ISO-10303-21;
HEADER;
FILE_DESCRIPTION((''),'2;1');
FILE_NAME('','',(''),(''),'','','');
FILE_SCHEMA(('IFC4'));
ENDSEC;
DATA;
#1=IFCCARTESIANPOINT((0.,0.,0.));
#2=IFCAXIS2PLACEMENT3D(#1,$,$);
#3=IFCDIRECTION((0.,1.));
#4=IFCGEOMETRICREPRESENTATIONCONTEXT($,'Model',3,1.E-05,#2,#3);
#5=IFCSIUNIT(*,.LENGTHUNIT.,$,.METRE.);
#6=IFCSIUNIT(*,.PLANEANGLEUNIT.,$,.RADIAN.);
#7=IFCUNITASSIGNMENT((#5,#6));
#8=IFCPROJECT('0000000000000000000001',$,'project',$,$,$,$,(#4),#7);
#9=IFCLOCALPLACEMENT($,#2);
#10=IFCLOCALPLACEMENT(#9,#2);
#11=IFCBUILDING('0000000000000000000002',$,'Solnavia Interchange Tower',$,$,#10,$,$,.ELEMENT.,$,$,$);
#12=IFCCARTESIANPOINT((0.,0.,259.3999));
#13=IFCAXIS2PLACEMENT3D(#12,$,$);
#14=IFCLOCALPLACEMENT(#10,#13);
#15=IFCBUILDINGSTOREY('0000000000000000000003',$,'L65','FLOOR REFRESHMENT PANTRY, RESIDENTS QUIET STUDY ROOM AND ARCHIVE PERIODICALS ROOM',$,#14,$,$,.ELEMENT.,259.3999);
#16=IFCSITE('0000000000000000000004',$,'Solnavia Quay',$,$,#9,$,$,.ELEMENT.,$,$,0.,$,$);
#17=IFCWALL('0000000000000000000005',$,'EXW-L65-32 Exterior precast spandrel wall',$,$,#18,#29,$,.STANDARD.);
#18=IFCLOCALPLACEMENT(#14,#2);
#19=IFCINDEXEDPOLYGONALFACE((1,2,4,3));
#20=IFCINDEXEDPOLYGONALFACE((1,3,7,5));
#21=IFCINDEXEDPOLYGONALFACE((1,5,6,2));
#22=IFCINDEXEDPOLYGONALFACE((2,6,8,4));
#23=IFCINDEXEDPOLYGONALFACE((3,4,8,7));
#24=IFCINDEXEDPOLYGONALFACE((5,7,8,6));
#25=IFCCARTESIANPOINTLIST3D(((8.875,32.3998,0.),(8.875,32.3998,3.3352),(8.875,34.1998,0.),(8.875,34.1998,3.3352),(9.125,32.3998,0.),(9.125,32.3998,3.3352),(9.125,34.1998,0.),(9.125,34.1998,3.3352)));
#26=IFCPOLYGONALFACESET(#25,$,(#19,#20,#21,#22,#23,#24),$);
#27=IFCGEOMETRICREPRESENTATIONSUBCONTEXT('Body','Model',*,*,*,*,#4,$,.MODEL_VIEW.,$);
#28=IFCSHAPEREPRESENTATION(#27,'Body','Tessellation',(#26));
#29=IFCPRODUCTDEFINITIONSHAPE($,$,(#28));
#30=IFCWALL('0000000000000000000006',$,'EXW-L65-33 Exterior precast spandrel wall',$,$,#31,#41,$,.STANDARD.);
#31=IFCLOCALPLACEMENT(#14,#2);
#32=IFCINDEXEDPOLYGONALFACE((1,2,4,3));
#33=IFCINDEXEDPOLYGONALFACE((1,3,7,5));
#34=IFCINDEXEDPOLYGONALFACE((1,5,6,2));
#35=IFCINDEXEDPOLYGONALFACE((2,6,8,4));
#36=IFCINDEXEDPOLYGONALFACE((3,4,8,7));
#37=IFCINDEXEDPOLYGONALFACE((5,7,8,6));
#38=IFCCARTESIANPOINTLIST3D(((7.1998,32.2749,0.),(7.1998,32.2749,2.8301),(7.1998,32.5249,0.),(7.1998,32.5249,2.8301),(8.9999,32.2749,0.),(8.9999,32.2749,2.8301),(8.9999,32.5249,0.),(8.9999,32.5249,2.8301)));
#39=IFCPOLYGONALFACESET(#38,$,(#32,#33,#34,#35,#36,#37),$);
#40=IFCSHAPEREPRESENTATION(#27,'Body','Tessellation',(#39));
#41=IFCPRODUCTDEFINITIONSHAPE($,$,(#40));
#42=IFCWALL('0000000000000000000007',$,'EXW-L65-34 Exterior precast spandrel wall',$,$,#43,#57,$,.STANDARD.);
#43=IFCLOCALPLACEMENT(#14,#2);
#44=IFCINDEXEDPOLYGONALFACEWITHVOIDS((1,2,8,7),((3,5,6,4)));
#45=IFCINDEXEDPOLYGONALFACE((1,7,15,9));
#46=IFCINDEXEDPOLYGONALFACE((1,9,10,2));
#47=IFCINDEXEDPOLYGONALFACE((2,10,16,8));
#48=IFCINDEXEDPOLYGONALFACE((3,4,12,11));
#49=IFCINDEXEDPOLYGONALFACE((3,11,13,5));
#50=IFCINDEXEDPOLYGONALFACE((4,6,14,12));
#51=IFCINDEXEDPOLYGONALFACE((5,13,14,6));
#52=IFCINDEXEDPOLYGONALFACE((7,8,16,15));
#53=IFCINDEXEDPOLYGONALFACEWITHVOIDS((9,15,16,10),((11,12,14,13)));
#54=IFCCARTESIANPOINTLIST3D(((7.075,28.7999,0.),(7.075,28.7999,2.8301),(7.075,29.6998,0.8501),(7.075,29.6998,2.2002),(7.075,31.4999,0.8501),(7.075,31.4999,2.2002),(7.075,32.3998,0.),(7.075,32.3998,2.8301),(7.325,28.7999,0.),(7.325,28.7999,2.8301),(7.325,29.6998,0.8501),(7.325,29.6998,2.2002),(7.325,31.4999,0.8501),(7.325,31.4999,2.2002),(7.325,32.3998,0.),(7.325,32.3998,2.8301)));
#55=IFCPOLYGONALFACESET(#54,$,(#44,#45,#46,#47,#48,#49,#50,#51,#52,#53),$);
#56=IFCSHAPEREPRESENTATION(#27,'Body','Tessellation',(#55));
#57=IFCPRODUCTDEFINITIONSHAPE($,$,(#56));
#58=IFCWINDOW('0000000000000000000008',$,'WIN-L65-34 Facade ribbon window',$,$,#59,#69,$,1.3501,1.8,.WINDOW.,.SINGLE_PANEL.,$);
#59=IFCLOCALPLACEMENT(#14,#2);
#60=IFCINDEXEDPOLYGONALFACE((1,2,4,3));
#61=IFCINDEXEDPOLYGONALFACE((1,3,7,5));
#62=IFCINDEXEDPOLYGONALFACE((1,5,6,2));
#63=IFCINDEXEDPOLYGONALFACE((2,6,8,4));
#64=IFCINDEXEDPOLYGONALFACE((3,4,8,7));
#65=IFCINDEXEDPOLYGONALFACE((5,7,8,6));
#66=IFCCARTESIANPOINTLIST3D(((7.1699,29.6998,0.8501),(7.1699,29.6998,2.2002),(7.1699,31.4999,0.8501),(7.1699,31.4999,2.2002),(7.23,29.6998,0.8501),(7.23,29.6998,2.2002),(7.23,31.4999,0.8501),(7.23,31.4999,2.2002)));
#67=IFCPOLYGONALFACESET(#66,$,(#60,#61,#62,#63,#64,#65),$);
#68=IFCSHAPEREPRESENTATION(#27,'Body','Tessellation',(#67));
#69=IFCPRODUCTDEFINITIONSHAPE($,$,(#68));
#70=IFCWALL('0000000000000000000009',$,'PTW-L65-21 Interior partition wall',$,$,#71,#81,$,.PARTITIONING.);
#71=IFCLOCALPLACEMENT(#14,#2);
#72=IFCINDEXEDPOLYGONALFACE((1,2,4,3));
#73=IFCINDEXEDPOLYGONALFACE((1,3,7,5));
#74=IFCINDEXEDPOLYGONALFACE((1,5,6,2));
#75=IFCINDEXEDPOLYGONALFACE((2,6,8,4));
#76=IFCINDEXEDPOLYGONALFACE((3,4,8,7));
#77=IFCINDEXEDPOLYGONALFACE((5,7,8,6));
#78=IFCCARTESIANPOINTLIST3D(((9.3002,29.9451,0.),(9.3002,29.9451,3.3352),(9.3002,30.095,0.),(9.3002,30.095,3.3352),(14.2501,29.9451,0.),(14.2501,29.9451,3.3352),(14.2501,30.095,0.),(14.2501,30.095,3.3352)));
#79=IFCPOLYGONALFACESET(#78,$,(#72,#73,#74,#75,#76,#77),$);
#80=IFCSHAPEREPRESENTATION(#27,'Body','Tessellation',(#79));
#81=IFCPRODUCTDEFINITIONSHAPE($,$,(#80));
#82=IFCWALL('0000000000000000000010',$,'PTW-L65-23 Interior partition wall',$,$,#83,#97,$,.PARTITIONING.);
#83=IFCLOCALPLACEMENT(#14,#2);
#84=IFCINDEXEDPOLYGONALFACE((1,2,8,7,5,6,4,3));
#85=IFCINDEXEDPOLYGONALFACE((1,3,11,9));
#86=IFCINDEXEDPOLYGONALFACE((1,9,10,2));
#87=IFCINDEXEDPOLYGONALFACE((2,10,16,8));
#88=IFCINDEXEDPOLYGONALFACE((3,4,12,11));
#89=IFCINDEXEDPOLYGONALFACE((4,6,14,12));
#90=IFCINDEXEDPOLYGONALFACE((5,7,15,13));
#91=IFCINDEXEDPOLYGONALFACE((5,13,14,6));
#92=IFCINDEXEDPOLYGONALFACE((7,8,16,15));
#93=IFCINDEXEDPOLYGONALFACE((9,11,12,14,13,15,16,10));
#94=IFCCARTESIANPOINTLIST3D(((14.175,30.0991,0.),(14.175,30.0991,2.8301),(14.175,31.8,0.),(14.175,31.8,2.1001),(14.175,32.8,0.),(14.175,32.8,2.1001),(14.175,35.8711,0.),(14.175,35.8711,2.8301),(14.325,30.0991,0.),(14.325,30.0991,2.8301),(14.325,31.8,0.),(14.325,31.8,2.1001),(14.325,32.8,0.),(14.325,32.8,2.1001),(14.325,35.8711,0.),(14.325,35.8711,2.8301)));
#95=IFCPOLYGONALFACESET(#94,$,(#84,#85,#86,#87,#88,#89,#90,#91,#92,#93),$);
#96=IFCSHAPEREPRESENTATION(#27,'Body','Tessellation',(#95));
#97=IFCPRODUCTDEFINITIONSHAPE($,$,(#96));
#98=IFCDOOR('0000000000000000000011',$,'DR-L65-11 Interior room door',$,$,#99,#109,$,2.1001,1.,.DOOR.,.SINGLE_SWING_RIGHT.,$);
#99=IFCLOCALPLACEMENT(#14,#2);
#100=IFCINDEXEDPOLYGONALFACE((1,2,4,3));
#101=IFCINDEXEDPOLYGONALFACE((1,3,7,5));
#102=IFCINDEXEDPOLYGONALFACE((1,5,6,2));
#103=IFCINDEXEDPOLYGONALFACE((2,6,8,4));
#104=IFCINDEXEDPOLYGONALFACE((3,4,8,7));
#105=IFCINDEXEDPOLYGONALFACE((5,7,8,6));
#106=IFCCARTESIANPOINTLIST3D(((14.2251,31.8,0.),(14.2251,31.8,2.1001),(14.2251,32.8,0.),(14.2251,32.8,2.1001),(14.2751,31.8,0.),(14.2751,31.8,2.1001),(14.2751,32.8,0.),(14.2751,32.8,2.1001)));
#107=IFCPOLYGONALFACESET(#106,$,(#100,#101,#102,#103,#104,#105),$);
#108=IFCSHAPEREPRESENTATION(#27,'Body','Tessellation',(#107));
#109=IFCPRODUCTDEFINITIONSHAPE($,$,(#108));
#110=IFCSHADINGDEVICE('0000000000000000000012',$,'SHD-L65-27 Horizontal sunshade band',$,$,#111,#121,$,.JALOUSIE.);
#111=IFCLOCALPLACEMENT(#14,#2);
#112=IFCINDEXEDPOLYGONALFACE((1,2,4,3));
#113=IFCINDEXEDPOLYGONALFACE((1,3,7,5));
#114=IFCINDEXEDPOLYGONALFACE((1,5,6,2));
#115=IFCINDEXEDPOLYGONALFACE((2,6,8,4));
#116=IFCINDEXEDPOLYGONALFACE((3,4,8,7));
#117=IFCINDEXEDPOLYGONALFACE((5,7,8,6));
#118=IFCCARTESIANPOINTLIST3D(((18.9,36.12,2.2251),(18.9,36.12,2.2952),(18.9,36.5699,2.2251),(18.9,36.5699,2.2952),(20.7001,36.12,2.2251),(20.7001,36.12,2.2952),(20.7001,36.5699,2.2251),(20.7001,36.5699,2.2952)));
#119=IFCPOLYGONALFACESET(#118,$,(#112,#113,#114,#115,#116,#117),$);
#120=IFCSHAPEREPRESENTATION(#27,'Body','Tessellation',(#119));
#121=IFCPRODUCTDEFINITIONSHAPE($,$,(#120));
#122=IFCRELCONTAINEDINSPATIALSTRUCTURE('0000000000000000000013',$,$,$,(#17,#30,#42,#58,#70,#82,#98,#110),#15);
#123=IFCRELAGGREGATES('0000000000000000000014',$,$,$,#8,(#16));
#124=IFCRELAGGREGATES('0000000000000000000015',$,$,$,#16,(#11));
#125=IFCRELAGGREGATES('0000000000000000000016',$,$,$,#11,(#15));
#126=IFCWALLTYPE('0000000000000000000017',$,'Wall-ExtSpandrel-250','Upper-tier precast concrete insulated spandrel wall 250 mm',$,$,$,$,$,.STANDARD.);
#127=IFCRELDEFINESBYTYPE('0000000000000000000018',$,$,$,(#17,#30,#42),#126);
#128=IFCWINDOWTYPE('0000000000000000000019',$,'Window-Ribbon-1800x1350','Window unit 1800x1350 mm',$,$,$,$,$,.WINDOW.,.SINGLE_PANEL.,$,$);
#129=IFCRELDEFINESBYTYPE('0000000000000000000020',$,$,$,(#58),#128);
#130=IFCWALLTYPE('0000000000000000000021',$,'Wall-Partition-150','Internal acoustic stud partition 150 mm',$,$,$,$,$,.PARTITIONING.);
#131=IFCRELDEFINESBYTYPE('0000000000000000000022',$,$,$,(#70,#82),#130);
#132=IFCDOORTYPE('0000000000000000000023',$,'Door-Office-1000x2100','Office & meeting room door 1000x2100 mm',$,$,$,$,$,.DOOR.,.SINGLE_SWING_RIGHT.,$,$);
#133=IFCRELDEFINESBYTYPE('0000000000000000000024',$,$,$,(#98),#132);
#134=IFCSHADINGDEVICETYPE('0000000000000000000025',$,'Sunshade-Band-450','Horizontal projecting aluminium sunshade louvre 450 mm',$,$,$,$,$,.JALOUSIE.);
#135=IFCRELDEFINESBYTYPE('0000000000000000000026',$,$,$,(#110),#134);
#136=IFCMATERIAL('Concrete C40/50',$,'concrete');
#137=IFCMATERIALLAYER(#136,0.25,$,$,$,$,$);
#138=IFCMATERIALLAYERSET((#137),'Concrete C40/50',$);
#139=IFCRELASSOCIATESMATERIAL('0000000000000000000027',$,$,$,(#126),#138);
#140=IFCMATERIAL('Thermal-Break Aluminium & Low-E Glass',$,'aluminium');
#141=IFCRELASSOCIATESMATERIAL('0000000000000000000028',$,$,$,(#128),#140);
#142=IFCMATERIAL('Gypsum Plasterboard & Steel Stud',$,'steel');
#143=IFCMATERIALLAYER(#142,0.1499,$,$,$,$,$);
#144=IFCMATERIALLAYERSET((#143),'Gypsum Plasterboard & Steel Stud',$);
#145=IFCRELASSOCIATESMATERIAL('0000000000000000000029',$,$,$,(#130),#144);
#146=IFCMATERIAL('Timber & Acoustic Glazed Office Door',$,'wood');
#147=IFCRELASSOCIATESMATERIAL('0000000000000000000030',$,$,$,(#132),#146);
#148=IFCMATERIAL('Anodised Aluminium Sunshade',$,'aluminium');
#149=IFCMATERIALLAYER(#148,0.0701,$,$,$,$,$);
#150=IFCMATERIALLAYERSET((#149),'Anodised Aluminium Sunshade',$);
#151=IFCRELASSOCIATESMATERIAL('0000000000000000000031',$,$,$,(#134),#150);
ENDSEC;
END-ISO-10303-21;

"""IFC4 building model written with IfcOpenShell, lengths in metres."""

from ifc_helpers import new_model, si_unit, direction, frame, frame_2d, origin, origin_2d, place, context, subcontext, project, spatial, rectangle, extrude, material, layer, layer_set, type_object, element, fill, save


model = new_model("IFC4")

# Units and contexts
model_context = context("Model", 3, precision=1e-05, world=origin(), true_north=direction((0.0, 1.0)))
body_context = subcontext(model_context, "Body", "Model", "MODEL_VIEW")
ifc_project = project(units=[si_unit("LENGTHUNIT", "METRE"), si_unit("PLANEANGLEUNIT", "RADIAN")], contexts=[model_context])

# Site, building, storey
site_placement = place(None, origin())
site = spatial("IfcSite", under=ifc_project, at=site_placement, Name="Solnavia Quay", CompositionType="ELEMENT", RefElevation=0.0)
building_placement = place(site_placement, origin())
building = spatial("IfcBuilding", under=site, at=building_placement, Name="Solnavia Interchange Tower", CompositionType="ELEMENT")
storey_placement = place(building_placement, frame((0.0, 0.0, 259.3999)))
storey = spatial("IfcBuildingStorey", under=building, at=storey_placement, Name="L65", Description="FLOOR REFRESHMENT PANTRY, RESIDENTS QUIET STUDY ROOM AND ARCHIVE PERIODICALS ROOM", CompositionType="ELEMENT", Elevation=259.3999)

# Shared definitions
ifc_material_1 = material(Name="Concrete C40/50", Category="concrete")
ifc_layer_1 = layer(ifc_material_1, 0.25)
ifc_layer_set_1 = layer_set([ifc_layer_1], Name="Concrete C40/50")
wall_type_1 = type_object("IfcWallType", Name="Wall-ExtSpandrel-250", Description="Upper-tier precast concrete insulated spandrel wall 250 mm", PredefinedType="STANDARD", material=ifc_layer_set_1)

# Shared definitions
ifc_material_2 = material(Name="Thermal-Break Aluminium & Low-E Glass", Category="aluminium")
window_type = type_object("IfcWindowType", Name="Window-Ribbon-1800x1350", Description="Window unit 1800x1350 mm", PartitioningType="SINGLE_PANEL", PredefinedType="WINDOW", material=ifc_material_2)

# Walls
for number, where, z_axis, x_axis, name in (
    (1, (9.0, 32.3999, 0.0), (0.0, 0.0, 1.0), (0.0, 1.0, 0.0), "EXW-L65-32 Exterior precast spandrel wall"),
):
    element("IfcWall", number, at=place(storey_placement, frame(where, z_axis=z_axis, x_axis=x_axis)), inside=storey, type_object=wall_type_1, Name=name, PredefinedType="STANDARD", context=body_context, shape_type="SweptSolid", body=[
        extrude(rectangle(XDim=1.8, YDim=0.25, at=frame_2d((0.8999, 0.0))), origin(), (0.0, 0.0, 1.0), 3.3352),
    ])
wall_1_placement = place(storey_placement, frame((7.2, 32.3999, 0.0), z_axis=(0.0, 0.0, 1.0), x_axis=(1.0, 0.0, 0.0)))
element("IfcWall", 2, at=wall_1_placement, inside=storey, type_object=wall_type_1, Name="EXW-L65-33 Exterior precast spandrel wall", PredefinedType="STANDARD", context=body_context, shape_type="SweptSolid", body=[
    extrude(rectangle(XDim=1.8, YDim=0.25, at=frame_2d((0.8999, 0.0))), origin(), (0.0, 0.0, 1.0), 2.8301),
])

# Wall, opening, window
wall_2_placement = place(storey_placement, frame((7.2, 28.8, 0.0), z_axis=(0.0, 0.0, 1.0), x_axis=(0.0, 1.0, 0.0)))
wall_2 = element("IfcWall", 3, at=wall_2_placement, inside=storey, type_object=wall_type_1, Name="EXW-L65-34 Exterior precast spandrel wall", PredefinedType="STANDARD", context=body_context, shape_type="SweptSolid", body=[
    extrude(rectangle(XDim=3.5999, YDim=0.25, at=frame_2d((1.7998, 0.0))), origin(), (0.0, 0.0, 1.0), 2.8301),
])
opening_1_placement = place(wall_2_placement, frame((0.8999, 0.0, 0.8501)))
opening_1 = element("IfcOpeningElement", 4, at=opening_1_placement, cuts=wall_2, PredefinedType="OPENING", context=body_context, shape_type="SweptSolid", body=[
    extrude(rectangle(XDim=1.8, YDim=1.3501, at=frame_2d((0.8999, 0.675))), frame((0.0, 0.135, 0.0), z_axis=(0.0, -1.0, 0.0), x_axis=(1.0, 0.0, 0.0)), (0.0, 0.0, 1.0), 0.27),
])
window_1_placement = place(opening_1_placement, origin())
window_1 = element("IfcWindow", 5, at=window_1_placement, inside=storey, type_object=window_type, Name="WIN-L65-34 Facade ribbon window", OverallHeight=1.3501, OverallWidth=1.8, PartitioningType="SINGLE_PANEL", PredefinedType="WINDOW", context=body_context, shape_type="SweptSolid", body=[
    extrude(rectangle(XDim=1.8, YDim=1.3501, at=frame_2d((0.8999, 0.675))), frame((0.0, 0.03, 0.0), z_axis=(0.0, -1.0, 0.0), x_axis=(1.0, 0.0, 0.0)), (0.0, 0.0, 1.0), 0.0601),
])
fill(opening_1, window_1)

# Wall
ifc_material_3 = material(Name="Gypsum Plasterboard & Steel Stud", Category="steel")
ifc_layer_2 = layer(ifc_material_3, 0.1499)
ifc_layer_set_2 = layer_set([ifc_layer_2], Name="Gypsum Plasterboard & Steel Stud")
wall_type_2 = type_object("IfcWallType", Name="Wall-Partition-150", Description="Internal acoustic stud partition 150 mm", PredefinedType="PARTITIONING", material=ifc_layer_set_2)
wall_3_placement = place(storey_placement, frame((9.3, 30.02, 0.0), z_axis=(0.0, 0.0, 1.0), x_axis=(1.0, 0.0, 0.0)))
element("IfcWall", 6, at=wall_3_placement, inside=storey, type_object=wall_type_2, Name="PTW-L65-21 Interior partition wall", PredefinedType="PARTITIONING", context=body_context, shape_type="SweptSolid", body=[
    extrude(rectangle(XDim=4.95, YDim=0.1499, at=frame_2d((2.4751, 0.0))), origin(), (0.0, 0.0, 1.0), 3.3352),
])

# Wall, opening, door
wall_4_placement = place(storey_placement, frame((14.25, 30.0991, 0.0), z_axis=(0.0, 0.0, 1.0), x_axis=(0.0, 1.0, 0.0)))
wall_4 = element("IfcWall", 7, at=wall_4_placement, inside=storey, type_object=wall_type_2, Name="PTW-L65-23 Interior partition wall", PredefinedType="PARTITIONING", context=body_context, shape_type="SweptSolid", body=[
    extrude(rectangle(XDim=5.772, YDim=0.1499, at=frame_2d((2.886, 0.0))), origin(), (0.0, 0.0, 1.0), 2.8301),
])
opening_2_placement = place(wall_4_placement, frame((1.7009, 0.0, 0.0)))
opening_2 = element("IfcOpeningElement", 8, at=opening_2_placement, cuts=wall_4, PredefinedType="OPENING", context=body_context, shape_type="SweptSolid", body=[
    extrude(rectangle(XDim=1.0, YDim=2.1001, at=frame_2d((0.5, 1.05))), frame((0.0, 0.085, 0.0), z_axis=(0.0, -1.0, 0.0), x_axis=(1.0, 0.0, 0.0)), (0.0, 0.0, 1.0), 0.1699),
])
ifc_material_4 = material(Name="Timber & Acoustic Glazed Office Door", Category="wood")
door_type = type_object("IfcDoorType", Name="Door-Office-1000x2100", Description="Office & meeting room door 1000x2100 mm", OperationType="SINGLE_SWING_RIGHT", PredefinedType="DOOR", material=ifc_material_4)
door_placement = place(opening_2_placement, origin())
door = element("IfcDoor", 9, at=door_placement, inside=storey, type_object=door_type, Name="DR-L65-11 Interior room door", OperationType="SINGLE_SWING_RIGHT", OverallHeight=2.1001, OverallWidth=1.0, PredefinedType="DOOR", context=body_context, shape_type="SweptSolid", body=[
    extrude(rectangle(XDim=1.0, YDim=2.1001, at=frame_2d((0.5, 1.05))), frame((0.0, 0.0249, 0.0), z_axis=(0.0, -1.0, 0.0), x_axis=(1.0, 0.0, 0.0)), (0.0, 0.0, 1.0), 0.05),
])
fill(opening_2, door)

# Shading device
ifc_material_5 = material(Name="Anodised Aluminium Sunshade", Category="aluminium")
ifc_layer_3 = layer(ifc_material_5, 0.0701)
ifc_layer_set_3 = layer_set([ifc_layer_3], Name="Anodised Aluminium Sunshade")
shading_device_type = type_object("IfcShadingDeviceType", Name="Sunshade-Band-450", Description="Horizontal projecting aluminium sunshade louvre 450 mm", PredefinedType="JALOUSIE", material=ifc_layer_set_3)
shading_device_placement = place(storey_placement, frame((19.8, 36.345, 2.2251), z_axis=(0.0, 0.0, 1.0), x_axis=(1.0, 0.0, 0.0)))
element("IfcShadingDevice", 10, at=shading_device_placement, inside=storey, type_object=shading_device_type, Name="SHD-L65-27 Horizontal sunshade band", PredefinedType="JALOUSIE", context=body_context, shape_type="SweptSolid", body=[
    extrude(rectangle(XDim=1.8, YDim=0.45, at=origin_2d()), origin(), (0.0, 0.0, 1.0), 0.0701),
])

save(model, "model.ifc")
